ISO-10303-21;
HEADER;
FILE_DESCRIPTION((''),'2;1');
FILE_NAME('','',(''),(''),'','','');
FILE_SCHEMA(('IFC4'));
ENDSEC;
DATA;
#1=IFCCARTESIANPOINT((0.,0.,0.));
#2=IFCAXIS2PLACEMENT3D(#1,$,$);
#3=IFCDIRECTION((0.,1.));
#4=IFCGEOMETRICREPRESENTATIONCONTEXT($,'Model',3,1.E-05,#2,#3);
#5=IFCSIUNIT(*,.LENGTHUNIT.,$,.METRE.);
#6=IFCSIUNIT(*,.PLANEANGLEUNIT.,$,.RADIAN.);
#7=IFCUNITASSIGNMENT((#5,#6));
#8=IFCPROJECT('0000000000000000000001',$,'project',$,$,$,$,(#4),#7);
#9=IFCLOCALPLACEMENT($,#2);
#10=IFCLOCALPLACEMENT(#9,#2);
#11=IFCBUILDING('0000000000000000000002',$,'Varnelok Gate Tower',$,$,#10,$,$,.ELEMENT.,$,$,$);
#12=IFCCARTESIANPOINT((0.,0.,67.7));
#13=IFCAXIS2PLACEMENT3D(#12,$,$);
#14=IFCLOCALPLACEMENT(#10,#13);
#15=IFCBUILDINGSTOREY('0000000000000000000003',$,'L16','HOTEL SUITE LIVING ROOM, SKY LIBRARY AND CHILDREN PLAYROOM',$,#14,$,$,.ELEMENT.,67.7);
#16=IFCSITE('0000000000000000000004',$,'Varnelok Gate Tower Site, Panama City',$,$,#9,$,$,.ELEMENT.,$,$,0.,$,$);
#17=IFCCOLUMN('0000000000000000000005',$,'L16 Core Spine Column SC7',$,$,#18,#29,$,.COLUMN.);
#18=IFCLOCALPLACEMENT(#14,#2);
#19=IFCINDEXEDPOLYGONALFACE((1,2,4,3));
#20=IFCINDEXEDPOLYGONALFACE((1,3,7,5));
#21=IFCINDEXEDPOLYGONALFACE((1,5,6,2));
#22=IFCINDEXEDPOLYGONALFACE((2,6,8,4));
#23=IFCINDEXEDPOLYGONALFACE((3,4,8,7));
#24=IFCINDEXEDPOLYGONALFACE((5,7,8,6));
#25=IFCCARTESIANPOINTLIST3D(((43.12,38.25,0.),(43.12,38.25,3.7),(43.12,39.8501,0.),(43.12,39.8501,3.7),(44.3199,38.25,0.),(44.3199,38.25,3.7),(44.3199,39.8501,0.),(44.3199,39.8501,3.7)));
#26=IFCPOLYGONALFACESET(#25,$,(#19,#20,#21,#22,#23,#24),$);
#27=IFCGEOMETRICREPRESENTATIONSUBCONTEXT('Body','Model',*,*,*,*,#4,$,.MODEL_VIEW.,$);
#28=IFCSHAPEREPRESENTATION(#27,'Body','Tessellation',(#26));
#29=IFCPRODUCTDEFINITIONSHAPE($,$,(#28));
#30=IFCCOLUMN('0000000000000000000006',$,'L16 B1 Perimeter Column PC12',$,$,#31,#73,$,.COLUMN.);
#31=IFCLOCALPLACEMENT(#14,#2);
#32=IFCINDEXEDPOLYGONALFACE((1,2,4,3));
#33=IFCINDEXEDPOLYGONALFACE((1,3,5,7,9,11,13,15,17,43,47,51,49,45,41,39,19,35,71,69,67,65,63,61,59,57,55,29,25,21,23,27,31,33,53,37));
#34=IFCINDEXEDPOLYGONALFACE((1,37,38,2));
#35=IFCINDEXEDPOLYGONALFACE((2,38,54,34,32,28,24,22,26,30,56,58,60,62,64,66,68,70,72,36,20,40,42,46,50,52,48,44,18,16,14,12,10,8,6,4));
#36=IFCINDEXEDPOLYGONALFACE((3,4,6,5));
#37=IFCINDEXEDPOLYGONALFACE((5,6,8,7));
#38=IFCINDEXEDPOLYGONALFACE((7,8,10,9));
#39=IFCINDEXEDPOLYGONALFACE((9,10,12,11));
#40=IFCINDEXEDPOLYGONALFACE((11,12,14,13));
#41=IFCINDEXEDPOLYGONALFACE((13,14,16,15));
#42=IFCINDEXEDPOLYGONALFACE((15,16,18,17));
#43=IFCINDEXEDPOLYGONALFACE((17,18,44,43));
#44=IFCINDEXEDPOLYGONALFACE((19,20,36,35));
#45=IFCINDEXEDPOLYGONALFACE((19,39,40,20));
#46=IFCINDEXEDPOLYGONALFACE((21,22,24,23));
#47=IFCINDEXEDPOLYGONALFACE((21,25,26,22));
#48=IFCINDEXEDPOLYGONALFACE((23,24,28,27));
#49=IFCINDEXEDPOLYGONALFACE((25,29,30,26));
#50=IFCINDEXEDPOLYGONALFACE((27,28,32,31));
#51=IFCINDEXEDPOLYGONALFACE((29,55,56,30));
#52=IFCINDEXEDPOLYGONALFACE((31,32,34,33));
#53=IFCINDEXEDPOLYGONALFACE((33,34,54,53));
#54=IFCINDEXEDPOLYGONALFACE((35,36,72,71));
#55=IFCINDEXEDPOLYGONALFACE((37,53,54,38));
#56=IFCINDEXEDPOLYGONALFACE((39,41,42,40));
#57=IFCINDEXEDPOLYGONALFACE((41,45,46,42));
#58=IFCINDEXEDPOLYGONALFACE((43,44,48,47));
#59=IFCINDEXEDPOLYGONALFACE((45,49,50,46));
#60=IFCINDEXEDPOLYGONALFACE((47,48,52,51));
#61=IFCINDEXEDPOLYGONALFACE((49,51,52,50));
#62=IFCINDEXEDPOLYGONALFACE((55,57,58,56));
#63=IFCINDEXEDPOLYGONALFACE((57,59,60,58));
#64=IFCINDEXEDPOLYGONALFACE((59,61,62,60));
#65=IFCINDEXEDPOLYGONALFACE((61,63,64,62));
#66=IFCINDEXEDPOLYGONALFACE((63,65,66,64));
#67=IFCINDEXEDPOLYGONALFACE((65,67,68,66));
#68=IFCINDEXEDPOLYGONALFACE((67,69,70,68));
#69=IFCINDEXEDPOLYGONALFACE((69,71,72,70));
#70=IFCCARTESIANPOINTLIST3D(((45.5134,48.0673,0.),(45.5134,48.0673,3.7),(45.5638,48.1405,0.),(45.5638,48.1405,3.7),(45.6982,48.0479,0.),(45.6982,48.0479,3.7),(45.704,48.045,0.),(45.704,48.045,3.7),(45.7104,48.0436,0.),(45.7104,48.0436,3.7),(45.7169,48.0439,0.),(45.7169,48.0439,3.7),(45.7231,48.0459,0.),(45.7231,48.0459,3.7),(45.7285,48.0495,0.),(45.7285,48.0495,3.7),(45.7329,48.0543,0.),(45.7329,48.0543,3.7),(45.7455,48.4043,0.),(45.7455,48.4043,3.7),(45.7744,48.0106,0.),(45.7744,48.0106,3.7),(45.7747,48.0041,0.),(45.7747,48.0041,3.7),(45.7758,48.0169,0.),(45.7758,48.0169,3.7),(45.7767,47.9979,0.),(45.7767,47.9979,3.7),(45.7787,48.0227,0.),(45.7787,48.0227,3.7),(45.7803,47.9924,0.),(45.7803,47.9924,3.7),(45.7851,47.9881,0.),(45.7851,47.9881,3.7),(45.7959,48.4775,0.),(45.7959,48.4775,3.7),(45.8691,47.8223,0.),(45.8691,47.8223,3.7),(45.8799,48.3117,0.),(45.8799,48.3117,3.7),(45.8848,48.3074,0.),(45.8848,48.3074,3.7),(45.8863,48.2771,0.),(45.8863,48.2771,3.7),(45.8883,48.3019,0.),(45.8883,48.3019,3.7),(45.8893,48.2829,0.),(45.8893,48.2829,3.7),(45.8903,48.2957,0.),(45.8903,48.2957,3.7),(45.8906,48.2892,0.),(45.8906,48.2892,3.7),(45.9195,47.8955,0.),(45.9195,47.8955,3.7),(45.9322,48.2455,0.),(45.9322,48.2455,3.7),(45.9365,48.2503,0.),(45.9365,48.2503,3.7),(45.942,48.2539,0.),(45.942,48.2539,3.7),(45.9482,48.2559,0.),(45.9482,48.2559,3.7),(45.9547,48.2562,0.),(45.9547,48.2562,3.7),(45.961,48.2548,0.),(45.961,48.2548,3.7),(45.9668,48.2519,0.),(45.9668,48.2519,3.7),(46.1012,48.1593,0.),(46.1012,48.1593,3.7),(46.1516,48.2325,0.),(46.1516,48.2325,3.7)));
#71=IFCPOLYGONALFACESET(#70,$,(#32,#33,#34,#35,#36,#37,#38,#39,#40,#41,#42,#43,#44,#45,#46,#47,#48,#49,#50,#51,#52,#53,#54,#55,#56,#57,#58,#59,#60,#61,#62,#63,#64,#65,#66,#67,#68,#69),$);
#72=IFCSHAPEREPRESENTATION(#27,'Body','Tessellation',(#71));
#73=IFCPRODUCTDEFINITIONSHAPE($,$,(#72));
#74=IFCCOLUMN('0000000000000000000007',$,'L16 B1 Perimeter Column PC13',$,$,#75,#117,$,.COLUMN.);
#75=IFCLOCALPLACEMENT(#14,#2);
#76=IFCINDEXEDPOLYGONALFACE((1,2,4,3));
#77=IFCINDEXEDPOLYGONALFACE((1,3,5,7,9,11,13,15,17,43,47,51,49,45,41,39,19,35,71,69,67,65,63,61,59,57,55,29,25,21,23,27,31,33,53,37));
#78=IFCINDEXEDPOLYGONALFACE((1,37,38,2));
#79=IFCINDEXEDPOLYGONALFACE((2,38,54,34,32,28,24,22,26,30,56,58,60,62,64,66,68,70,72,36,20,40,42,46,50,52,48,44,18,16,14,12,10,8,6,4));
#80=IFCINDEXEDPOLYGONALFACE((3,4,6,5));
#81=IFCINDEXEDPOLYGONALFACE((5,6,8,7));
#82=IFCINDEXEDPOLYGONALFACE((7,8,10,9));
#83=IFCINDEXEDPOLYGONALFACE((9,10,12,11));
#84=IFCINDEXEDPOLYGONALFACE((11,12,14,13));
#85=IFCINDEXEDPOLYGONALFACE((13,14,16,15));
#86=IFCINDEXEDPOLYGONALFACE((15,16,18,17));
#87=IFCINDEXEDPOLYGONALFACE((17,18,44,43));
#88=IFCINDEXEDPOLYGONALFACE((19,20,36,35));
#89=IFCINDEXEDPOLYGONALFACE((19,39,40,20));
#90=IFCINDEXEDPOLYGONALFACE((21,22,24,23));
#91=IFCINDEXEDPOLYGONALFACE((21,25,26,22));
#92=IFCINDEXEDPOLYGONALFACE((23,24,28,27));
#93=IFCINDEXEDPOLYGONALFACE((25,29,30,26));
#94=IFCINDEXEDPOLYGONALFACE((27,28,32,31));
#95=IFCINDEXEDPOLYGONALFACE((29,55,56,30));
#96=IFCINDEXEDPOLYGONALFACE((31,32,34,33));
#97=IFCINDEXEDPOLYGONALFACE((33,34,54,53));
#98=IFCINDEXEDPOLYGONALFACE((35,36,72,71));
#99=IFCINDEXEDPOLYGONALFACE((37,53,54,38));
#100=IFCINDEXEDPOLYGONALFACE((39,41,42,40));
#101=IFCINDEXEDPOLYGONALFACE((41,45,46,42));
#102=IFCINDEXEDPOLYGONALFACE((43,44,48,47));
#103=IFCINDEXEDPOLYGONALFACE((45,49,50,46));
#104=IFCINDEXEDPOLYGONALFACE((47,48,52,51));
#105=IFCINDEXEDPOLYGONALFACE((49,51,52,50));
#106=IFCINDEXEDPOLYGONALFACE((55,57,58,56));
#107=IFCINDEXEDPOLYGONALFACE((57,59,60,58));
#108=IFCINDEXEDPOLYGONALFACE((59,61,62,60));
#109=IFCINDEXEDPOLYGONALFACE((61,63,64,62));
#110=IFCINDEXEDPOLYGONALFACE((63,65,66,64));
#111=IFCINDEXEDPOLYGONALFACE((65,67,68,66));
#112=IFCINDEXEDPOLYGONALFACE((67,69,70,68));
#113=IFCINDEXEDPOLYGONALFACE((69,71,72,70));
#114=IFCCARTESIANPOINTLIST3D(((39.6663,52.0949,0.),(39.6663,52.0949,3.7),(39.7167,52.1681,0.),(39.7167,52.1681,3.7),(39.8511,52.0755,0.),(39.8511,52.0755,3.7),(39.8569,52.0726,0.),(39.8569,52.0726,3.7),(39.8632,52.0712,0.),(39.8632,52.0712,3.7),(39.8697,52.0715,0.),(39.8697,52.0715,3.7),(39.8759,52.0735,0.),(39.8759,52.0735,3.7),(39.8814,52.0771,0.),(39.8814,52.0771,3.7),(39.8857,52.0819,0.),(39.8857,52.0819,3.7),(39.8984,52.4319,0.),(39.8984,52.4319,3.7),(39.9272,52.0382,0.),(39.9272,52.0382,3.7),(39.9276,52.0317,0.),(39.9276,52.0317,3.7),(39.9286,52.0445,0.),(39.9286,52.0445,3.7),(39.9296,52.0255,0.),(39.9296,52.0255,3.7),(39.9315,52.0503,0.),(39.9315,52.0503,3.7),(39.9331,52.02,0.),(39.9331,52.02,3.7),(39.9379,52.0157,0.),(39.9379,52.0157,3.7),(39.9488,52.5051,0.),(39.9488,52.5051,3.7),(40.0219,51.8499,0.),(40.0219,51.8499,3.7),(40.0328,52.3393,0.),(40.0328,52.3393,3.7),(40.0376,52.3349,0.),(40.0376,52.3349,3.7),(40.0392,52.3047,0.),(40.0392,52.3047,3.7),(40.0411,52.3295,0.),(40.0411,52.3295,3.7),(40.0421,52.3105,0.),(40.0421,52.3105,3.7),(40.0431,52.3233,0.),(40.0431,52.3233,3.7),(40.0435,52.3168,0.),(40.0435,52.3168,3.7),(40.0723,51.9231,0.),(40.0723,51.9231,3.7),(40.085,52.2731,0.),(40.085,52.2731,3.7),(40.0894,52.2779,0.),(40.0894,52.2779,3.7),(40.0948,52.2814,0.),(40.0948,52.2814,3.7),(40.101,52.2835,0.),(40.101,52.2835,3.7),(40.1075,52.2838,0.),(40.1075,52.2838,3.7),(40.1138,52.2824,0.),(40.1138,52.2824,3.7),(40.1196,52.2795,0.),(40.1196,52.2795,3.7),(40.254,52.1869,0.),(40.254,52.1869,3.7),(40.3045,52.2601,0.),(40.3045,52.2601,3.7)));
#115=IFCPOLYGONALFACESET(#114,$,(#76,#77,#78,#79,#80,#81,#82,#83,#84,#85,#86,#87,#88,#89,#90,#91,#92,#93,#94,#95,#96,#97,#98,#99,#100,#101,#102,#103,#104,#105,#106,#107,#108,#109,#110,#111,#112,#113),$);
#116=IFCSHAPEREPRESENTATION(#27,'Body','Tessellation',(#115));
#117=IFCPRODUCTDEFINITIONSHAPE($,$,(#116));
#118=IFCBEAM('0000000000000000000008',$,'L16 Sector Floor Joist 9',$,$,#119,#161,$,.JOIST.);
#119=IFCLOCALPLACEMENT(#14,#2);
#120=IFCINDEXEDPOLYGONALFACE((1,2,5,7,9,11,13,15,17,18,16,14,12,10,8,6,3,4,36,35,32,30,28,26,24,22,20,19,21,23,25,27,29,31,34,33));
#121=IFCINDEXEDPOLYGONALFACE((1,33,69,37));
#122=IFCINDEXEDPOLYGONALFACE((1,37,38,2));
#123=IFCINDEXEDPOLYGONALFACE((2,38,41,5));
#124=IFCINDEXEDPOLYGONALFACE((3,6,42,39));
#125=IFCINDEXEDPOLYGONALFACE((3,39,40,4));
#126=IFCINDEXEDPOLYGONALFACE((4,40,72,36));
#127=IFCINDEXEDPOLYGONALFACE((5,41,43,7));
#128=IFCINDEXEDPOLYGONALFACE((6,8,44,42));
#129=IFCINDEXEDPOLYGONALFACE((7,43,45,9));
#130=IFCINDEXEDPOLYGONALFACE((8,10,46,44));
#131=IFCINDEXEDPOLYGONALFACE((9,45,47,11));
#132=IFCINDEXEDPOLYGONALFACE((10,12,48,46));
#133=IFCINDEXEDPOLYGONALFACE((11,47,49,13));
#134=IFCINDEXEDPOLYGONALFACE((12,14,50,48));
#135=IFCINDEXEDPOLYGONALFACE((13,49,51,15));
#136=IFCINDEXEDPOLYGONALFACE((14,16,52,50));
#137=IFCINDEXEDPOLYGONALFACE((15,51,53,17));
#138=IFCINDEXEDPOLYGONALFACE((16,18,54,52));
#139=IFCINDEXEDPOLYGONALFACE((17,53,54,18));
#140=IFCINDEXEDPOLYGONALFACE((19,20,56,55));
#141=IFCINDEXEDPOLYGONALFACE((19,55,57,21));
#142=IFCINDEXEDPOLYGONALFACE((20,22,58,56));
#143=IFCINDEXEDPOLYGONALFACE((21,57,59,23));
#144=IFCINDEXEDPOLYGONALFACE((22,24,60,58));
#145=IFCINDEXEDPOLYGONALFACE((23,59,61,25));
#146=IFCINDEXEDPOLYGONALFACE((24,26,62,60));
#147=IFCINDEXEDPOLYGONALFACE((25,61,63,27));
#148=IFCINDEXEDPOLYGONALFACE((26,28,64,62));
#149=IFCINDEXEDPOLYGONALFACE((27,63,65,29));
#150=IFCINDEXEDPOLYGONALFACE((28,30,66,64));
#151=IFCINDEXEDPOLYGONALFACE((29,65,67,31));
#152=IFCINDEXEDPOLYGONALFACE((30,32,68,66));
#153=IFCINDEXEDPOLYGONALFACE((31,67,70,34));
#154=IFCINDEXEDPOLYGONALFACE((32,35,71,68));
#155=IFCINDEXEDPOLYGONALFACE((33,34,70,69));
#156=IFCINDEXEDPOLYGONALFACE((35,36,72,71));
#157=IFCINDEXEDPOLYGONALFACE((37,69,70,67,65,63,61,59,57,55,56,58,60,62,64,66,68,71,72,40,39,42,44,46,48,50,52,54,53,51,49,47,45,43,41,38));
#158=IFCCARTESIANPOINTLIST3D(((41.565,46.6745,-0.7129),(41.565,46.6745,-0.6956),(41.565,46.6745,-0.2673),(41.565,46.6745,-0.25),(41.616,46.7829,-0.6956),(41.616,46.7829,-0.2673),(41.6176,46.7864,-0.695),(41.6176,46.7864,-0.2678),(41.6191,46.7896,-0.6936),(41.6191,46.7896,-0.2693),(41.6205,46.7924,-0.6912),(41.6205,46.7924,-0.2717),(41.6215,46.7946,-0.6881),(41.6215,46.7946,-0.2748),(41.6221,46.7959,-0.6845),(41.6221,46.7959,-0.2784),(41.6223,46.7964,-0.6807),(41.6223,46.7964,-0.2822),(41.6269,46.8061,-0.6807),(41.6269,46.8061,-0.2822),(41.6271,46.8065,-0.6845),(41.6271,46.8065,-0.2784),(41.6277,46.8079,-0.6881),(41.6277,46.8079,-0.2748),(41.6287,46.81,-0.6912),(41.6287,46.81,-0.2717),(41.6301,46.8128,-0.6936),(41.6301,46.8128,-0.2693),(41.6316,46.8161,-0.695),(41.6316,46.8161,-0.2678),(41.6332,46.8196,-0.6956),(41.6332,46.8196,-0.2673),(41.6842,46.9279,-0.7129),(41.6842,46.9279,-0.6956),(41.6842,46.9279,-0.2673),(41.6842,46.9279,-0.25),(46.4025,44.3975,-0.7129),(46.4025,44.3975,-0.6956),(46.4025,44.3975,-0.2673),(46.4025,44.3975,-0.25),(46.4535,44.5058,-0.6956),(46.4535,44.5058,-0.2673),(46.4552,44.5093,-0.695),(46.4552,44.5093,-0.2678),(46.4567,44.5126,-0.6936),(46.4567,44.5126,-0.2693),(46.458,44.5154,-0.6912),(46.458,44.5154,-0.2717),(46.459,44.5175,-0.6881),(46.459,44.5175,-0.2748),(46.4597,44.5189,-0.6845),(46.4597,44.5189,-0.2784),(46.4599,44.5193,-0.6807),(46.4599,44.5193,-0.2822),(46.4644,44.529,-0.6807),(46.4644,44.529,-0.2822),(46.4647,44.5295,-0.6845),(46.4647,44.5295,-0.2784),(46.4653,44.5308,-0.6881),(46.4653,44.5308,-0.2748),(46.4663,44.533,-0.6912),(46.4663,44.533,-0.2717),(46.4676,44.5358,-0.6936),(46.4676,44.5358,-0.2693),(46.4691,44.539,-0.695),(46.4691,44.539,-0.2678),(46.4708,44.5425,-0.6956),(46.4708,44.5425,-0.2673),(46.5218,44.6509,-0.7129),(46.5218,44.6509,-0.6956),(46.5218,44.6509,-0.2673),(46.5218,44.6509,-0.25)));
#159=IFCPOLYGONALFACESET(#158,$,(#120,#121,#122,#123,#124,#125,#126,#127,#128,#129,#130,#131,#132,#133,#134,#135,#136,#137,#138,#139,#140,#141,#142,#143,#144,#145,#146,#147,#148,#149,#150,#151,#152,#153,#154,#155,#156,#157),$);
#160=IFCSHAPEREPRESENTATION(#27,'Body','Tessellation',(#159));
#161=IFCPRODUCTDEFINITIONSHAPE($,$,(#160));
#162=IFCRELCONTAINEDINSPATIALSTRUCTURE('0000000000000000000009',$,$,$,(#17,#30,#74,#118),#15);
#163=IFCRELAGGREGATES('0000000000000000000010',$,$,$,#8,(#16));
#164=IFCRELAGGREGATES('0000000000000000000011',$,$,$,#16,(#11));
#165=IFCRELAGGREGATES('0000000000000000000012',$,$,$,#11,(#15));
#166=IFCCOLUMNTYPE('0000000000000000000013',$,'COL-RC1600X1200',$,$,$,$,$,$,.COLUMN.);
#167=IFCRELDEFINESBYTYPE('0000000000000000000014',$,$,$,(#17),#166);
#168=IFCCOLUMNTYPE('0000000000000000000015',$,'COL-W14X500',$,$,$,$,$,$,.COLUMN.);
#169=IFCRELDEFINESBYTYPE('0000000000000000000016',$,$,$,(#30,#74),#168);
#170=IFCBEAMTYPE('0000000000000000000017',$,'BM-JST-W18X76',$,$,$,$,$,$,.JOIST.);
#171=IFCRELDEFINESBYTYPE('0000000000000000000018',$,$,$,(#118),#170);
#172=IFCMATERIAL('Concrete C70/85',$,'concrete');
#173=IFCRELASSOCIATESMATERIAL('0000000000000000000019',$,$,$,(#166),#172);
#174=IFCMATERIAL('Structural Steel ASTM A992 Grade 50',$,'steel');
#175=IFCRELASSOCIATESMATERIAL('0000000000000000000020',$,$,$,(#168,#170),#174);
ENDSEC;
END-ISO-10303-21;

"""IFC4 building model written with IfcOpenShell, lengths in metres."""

from ifc_helpers import new_model, si_unit, direction, frame, origin, origin_2d, place, context, subcontext, project, spatial, rectangle, i_section, extrude, material, material_profile, profile_set, type_object, element, save


model = new_model("IFC4")

# Units and contexts
model_context = context("Model", 3, precision=1e-05, world=origin(), true_north=direction((0.0, 1.0)))
body_context = subcontext(model_context, "Body", "Model", "MODEL_VIEW")
ifc_project = project(units=[si_unit("LENGTHUNIT", "METRE"), si_unit("PLANEANGLEUNIT", "RADIAN")], contexts=[model_context])

# Site, building, storey
site_placement = place(None, origin())
site = spatial("IfcSite", under=ifc_project, at=site_placement, Name="Varnelok Gate Tower Site, Panama City", CompositionType="ELEMENT", RefElevation=0.0)
building_placement = place(site_placement, origin())
building = spatial("IfcBuilding", under=site, at=building_placement, Name="Varnelok Gate Tower", CompositionType="ELEMENT")
storey_placement = place(building_placement, frame((0.0, 0.0, 67.7)))
storey = spatial("IfcBuildingStorey", under=building, at=storey_placement, Name="L16", Description="HOTEL SUITE LIVING ROOM, SKY LIBRARY AND CHILDREN PLAYROOM", CompositionType="ELEMENT", Elevation=67.7)

# Columns
ifc_material_1 = material(Name="Concrete C70/85", Category="concrete")
ifc_material_profile_1 = material_profile(ifc_material_1, rectangle(XDim=1.2, YDim=1.6001, at=origin_2d()), Name="RC1600X1200")
ifc_profile_set_1 = profile_set([ifc_material_profile_1], Name="Concrete C70/85")
column_type_1 = type_object("IfcColumnType", Name="COL-RC1600X1200", PredefinedType="COLUMN", material=ifc_profile_set_1)
column_placement = place(storey_placement, frame((43.72, 39.05, 0.0), z_axis=(0.0, 0.0, 1.0), x_axis=(1.0, 0.0, 0.0)))
element("IfcColumn", 1, at=column_placement, inside=storey, type_object=column_type_1, Name="L16 Core Spine Column SC7", PredefinedType="COLUMN", context=body_context, shape_type="SweptSolid", body=[
    extrude(rectangle(XDim=1.2, YDim=1.6001, at=origin_2d()), origin(), (0.0, 0.0, 1.0), 3.7),
])
ifc_material_2 = material(Name="Structural Steel ASTM A992 Grade 50", Category="steel")
ifc_material_profile_2 = material_profile(ifc_material_2, i_section(OverallWidth=0.4319, OverallDepth=0.498, WebThickness=0.0557, FlangeThickness=0.0889, FilletRadius=0.0249, at=origin_2d()), Name="W14X500")
ifc_profile_set_2 = profile_set([ifc_material_profile_2], Name="Structural Steel ASTM A992 Grade 50")
column_type_2 = type_object("IfcColumnType", Name="COL-W14X500", PredefinedType="COLUMN", material=ifc_profile_set_2)
for number, where, z_axis, x_axis, name in (
    (2, (45.8325, 48.1499, 0.0), (0.0, 0.0, 1.0), (0.823533, -0.567269, 0.0), "L16 B1 Perimeter Column PC12"),
    (3, (39.9854, 52.1775, 0.0), (0.0, 0.0, 1.0), (0.823533, -0.567269, 0.0), "L16 B1 Perimeter Column PC13"),
):
    element("IfcColumn", number, at=place(storey_placement, frame(where, z_axis=z_axis, x_axis=x_axis)), inside=storey, type_object=column_type_2, Name=name, PredefinedType="COLUMN", context=body_context, shape_type="SweptSolid", body=[
        extrude(i_section(OverallWidth=0.4319, OverallDepth=0.498, WebThickness=0.0557, FlangeThickness=0.0889, FilletRadius=0.0249, at=origin_2d()), origin(), (0.0, 0.0, 1.0), 3.7),
    ])

# Beam
ifc_material_profile_3 = material_profile(ifc_material_2, i_section(OverallWidth=0.28, OverallDepth=0.4629, WebThickness=0.0107, FlangeThickness=0.0173, FilletRadius=0.0149, at=origin_2d()), Name="W18X76")
ifc_profile_set_3 = profile_set([ifc_material_profile_3], Name="Structural Steel ASTM A992 Grade 50")
beam_type_1 = type_object("IfcBeamType", Name="BM-JST-W18X76", PredefinedType="JOIST", material=ifc_profile_set_3)
beam_1_placement = place(storey_placement, frame((46.4622, 44.5242, -0.4814), z_axis=(-0.904778, 0.425883, 0.0), x_axis=(-0.425883, -0.904778, 0.0)))
element("IfcBeam", 4, at=beam_1_placement, inside=storey, type_object=beam_type_1, Name="L16 Sector Floor Joist 9", PredefinedType="JOIST", context=body_context, shape_type="SweptSolid", body=[
    extrude(i_section(OverallWidth=0.28, OverallDepth=0.4629, WebThickness=0.0107, FlangeThickness=0.0173, FilletRadius=0.0149, at=origin_2d()), origin(), (0.0, 0.0, 1.0), 5.3467),
])

save(model, "model.ifc")
